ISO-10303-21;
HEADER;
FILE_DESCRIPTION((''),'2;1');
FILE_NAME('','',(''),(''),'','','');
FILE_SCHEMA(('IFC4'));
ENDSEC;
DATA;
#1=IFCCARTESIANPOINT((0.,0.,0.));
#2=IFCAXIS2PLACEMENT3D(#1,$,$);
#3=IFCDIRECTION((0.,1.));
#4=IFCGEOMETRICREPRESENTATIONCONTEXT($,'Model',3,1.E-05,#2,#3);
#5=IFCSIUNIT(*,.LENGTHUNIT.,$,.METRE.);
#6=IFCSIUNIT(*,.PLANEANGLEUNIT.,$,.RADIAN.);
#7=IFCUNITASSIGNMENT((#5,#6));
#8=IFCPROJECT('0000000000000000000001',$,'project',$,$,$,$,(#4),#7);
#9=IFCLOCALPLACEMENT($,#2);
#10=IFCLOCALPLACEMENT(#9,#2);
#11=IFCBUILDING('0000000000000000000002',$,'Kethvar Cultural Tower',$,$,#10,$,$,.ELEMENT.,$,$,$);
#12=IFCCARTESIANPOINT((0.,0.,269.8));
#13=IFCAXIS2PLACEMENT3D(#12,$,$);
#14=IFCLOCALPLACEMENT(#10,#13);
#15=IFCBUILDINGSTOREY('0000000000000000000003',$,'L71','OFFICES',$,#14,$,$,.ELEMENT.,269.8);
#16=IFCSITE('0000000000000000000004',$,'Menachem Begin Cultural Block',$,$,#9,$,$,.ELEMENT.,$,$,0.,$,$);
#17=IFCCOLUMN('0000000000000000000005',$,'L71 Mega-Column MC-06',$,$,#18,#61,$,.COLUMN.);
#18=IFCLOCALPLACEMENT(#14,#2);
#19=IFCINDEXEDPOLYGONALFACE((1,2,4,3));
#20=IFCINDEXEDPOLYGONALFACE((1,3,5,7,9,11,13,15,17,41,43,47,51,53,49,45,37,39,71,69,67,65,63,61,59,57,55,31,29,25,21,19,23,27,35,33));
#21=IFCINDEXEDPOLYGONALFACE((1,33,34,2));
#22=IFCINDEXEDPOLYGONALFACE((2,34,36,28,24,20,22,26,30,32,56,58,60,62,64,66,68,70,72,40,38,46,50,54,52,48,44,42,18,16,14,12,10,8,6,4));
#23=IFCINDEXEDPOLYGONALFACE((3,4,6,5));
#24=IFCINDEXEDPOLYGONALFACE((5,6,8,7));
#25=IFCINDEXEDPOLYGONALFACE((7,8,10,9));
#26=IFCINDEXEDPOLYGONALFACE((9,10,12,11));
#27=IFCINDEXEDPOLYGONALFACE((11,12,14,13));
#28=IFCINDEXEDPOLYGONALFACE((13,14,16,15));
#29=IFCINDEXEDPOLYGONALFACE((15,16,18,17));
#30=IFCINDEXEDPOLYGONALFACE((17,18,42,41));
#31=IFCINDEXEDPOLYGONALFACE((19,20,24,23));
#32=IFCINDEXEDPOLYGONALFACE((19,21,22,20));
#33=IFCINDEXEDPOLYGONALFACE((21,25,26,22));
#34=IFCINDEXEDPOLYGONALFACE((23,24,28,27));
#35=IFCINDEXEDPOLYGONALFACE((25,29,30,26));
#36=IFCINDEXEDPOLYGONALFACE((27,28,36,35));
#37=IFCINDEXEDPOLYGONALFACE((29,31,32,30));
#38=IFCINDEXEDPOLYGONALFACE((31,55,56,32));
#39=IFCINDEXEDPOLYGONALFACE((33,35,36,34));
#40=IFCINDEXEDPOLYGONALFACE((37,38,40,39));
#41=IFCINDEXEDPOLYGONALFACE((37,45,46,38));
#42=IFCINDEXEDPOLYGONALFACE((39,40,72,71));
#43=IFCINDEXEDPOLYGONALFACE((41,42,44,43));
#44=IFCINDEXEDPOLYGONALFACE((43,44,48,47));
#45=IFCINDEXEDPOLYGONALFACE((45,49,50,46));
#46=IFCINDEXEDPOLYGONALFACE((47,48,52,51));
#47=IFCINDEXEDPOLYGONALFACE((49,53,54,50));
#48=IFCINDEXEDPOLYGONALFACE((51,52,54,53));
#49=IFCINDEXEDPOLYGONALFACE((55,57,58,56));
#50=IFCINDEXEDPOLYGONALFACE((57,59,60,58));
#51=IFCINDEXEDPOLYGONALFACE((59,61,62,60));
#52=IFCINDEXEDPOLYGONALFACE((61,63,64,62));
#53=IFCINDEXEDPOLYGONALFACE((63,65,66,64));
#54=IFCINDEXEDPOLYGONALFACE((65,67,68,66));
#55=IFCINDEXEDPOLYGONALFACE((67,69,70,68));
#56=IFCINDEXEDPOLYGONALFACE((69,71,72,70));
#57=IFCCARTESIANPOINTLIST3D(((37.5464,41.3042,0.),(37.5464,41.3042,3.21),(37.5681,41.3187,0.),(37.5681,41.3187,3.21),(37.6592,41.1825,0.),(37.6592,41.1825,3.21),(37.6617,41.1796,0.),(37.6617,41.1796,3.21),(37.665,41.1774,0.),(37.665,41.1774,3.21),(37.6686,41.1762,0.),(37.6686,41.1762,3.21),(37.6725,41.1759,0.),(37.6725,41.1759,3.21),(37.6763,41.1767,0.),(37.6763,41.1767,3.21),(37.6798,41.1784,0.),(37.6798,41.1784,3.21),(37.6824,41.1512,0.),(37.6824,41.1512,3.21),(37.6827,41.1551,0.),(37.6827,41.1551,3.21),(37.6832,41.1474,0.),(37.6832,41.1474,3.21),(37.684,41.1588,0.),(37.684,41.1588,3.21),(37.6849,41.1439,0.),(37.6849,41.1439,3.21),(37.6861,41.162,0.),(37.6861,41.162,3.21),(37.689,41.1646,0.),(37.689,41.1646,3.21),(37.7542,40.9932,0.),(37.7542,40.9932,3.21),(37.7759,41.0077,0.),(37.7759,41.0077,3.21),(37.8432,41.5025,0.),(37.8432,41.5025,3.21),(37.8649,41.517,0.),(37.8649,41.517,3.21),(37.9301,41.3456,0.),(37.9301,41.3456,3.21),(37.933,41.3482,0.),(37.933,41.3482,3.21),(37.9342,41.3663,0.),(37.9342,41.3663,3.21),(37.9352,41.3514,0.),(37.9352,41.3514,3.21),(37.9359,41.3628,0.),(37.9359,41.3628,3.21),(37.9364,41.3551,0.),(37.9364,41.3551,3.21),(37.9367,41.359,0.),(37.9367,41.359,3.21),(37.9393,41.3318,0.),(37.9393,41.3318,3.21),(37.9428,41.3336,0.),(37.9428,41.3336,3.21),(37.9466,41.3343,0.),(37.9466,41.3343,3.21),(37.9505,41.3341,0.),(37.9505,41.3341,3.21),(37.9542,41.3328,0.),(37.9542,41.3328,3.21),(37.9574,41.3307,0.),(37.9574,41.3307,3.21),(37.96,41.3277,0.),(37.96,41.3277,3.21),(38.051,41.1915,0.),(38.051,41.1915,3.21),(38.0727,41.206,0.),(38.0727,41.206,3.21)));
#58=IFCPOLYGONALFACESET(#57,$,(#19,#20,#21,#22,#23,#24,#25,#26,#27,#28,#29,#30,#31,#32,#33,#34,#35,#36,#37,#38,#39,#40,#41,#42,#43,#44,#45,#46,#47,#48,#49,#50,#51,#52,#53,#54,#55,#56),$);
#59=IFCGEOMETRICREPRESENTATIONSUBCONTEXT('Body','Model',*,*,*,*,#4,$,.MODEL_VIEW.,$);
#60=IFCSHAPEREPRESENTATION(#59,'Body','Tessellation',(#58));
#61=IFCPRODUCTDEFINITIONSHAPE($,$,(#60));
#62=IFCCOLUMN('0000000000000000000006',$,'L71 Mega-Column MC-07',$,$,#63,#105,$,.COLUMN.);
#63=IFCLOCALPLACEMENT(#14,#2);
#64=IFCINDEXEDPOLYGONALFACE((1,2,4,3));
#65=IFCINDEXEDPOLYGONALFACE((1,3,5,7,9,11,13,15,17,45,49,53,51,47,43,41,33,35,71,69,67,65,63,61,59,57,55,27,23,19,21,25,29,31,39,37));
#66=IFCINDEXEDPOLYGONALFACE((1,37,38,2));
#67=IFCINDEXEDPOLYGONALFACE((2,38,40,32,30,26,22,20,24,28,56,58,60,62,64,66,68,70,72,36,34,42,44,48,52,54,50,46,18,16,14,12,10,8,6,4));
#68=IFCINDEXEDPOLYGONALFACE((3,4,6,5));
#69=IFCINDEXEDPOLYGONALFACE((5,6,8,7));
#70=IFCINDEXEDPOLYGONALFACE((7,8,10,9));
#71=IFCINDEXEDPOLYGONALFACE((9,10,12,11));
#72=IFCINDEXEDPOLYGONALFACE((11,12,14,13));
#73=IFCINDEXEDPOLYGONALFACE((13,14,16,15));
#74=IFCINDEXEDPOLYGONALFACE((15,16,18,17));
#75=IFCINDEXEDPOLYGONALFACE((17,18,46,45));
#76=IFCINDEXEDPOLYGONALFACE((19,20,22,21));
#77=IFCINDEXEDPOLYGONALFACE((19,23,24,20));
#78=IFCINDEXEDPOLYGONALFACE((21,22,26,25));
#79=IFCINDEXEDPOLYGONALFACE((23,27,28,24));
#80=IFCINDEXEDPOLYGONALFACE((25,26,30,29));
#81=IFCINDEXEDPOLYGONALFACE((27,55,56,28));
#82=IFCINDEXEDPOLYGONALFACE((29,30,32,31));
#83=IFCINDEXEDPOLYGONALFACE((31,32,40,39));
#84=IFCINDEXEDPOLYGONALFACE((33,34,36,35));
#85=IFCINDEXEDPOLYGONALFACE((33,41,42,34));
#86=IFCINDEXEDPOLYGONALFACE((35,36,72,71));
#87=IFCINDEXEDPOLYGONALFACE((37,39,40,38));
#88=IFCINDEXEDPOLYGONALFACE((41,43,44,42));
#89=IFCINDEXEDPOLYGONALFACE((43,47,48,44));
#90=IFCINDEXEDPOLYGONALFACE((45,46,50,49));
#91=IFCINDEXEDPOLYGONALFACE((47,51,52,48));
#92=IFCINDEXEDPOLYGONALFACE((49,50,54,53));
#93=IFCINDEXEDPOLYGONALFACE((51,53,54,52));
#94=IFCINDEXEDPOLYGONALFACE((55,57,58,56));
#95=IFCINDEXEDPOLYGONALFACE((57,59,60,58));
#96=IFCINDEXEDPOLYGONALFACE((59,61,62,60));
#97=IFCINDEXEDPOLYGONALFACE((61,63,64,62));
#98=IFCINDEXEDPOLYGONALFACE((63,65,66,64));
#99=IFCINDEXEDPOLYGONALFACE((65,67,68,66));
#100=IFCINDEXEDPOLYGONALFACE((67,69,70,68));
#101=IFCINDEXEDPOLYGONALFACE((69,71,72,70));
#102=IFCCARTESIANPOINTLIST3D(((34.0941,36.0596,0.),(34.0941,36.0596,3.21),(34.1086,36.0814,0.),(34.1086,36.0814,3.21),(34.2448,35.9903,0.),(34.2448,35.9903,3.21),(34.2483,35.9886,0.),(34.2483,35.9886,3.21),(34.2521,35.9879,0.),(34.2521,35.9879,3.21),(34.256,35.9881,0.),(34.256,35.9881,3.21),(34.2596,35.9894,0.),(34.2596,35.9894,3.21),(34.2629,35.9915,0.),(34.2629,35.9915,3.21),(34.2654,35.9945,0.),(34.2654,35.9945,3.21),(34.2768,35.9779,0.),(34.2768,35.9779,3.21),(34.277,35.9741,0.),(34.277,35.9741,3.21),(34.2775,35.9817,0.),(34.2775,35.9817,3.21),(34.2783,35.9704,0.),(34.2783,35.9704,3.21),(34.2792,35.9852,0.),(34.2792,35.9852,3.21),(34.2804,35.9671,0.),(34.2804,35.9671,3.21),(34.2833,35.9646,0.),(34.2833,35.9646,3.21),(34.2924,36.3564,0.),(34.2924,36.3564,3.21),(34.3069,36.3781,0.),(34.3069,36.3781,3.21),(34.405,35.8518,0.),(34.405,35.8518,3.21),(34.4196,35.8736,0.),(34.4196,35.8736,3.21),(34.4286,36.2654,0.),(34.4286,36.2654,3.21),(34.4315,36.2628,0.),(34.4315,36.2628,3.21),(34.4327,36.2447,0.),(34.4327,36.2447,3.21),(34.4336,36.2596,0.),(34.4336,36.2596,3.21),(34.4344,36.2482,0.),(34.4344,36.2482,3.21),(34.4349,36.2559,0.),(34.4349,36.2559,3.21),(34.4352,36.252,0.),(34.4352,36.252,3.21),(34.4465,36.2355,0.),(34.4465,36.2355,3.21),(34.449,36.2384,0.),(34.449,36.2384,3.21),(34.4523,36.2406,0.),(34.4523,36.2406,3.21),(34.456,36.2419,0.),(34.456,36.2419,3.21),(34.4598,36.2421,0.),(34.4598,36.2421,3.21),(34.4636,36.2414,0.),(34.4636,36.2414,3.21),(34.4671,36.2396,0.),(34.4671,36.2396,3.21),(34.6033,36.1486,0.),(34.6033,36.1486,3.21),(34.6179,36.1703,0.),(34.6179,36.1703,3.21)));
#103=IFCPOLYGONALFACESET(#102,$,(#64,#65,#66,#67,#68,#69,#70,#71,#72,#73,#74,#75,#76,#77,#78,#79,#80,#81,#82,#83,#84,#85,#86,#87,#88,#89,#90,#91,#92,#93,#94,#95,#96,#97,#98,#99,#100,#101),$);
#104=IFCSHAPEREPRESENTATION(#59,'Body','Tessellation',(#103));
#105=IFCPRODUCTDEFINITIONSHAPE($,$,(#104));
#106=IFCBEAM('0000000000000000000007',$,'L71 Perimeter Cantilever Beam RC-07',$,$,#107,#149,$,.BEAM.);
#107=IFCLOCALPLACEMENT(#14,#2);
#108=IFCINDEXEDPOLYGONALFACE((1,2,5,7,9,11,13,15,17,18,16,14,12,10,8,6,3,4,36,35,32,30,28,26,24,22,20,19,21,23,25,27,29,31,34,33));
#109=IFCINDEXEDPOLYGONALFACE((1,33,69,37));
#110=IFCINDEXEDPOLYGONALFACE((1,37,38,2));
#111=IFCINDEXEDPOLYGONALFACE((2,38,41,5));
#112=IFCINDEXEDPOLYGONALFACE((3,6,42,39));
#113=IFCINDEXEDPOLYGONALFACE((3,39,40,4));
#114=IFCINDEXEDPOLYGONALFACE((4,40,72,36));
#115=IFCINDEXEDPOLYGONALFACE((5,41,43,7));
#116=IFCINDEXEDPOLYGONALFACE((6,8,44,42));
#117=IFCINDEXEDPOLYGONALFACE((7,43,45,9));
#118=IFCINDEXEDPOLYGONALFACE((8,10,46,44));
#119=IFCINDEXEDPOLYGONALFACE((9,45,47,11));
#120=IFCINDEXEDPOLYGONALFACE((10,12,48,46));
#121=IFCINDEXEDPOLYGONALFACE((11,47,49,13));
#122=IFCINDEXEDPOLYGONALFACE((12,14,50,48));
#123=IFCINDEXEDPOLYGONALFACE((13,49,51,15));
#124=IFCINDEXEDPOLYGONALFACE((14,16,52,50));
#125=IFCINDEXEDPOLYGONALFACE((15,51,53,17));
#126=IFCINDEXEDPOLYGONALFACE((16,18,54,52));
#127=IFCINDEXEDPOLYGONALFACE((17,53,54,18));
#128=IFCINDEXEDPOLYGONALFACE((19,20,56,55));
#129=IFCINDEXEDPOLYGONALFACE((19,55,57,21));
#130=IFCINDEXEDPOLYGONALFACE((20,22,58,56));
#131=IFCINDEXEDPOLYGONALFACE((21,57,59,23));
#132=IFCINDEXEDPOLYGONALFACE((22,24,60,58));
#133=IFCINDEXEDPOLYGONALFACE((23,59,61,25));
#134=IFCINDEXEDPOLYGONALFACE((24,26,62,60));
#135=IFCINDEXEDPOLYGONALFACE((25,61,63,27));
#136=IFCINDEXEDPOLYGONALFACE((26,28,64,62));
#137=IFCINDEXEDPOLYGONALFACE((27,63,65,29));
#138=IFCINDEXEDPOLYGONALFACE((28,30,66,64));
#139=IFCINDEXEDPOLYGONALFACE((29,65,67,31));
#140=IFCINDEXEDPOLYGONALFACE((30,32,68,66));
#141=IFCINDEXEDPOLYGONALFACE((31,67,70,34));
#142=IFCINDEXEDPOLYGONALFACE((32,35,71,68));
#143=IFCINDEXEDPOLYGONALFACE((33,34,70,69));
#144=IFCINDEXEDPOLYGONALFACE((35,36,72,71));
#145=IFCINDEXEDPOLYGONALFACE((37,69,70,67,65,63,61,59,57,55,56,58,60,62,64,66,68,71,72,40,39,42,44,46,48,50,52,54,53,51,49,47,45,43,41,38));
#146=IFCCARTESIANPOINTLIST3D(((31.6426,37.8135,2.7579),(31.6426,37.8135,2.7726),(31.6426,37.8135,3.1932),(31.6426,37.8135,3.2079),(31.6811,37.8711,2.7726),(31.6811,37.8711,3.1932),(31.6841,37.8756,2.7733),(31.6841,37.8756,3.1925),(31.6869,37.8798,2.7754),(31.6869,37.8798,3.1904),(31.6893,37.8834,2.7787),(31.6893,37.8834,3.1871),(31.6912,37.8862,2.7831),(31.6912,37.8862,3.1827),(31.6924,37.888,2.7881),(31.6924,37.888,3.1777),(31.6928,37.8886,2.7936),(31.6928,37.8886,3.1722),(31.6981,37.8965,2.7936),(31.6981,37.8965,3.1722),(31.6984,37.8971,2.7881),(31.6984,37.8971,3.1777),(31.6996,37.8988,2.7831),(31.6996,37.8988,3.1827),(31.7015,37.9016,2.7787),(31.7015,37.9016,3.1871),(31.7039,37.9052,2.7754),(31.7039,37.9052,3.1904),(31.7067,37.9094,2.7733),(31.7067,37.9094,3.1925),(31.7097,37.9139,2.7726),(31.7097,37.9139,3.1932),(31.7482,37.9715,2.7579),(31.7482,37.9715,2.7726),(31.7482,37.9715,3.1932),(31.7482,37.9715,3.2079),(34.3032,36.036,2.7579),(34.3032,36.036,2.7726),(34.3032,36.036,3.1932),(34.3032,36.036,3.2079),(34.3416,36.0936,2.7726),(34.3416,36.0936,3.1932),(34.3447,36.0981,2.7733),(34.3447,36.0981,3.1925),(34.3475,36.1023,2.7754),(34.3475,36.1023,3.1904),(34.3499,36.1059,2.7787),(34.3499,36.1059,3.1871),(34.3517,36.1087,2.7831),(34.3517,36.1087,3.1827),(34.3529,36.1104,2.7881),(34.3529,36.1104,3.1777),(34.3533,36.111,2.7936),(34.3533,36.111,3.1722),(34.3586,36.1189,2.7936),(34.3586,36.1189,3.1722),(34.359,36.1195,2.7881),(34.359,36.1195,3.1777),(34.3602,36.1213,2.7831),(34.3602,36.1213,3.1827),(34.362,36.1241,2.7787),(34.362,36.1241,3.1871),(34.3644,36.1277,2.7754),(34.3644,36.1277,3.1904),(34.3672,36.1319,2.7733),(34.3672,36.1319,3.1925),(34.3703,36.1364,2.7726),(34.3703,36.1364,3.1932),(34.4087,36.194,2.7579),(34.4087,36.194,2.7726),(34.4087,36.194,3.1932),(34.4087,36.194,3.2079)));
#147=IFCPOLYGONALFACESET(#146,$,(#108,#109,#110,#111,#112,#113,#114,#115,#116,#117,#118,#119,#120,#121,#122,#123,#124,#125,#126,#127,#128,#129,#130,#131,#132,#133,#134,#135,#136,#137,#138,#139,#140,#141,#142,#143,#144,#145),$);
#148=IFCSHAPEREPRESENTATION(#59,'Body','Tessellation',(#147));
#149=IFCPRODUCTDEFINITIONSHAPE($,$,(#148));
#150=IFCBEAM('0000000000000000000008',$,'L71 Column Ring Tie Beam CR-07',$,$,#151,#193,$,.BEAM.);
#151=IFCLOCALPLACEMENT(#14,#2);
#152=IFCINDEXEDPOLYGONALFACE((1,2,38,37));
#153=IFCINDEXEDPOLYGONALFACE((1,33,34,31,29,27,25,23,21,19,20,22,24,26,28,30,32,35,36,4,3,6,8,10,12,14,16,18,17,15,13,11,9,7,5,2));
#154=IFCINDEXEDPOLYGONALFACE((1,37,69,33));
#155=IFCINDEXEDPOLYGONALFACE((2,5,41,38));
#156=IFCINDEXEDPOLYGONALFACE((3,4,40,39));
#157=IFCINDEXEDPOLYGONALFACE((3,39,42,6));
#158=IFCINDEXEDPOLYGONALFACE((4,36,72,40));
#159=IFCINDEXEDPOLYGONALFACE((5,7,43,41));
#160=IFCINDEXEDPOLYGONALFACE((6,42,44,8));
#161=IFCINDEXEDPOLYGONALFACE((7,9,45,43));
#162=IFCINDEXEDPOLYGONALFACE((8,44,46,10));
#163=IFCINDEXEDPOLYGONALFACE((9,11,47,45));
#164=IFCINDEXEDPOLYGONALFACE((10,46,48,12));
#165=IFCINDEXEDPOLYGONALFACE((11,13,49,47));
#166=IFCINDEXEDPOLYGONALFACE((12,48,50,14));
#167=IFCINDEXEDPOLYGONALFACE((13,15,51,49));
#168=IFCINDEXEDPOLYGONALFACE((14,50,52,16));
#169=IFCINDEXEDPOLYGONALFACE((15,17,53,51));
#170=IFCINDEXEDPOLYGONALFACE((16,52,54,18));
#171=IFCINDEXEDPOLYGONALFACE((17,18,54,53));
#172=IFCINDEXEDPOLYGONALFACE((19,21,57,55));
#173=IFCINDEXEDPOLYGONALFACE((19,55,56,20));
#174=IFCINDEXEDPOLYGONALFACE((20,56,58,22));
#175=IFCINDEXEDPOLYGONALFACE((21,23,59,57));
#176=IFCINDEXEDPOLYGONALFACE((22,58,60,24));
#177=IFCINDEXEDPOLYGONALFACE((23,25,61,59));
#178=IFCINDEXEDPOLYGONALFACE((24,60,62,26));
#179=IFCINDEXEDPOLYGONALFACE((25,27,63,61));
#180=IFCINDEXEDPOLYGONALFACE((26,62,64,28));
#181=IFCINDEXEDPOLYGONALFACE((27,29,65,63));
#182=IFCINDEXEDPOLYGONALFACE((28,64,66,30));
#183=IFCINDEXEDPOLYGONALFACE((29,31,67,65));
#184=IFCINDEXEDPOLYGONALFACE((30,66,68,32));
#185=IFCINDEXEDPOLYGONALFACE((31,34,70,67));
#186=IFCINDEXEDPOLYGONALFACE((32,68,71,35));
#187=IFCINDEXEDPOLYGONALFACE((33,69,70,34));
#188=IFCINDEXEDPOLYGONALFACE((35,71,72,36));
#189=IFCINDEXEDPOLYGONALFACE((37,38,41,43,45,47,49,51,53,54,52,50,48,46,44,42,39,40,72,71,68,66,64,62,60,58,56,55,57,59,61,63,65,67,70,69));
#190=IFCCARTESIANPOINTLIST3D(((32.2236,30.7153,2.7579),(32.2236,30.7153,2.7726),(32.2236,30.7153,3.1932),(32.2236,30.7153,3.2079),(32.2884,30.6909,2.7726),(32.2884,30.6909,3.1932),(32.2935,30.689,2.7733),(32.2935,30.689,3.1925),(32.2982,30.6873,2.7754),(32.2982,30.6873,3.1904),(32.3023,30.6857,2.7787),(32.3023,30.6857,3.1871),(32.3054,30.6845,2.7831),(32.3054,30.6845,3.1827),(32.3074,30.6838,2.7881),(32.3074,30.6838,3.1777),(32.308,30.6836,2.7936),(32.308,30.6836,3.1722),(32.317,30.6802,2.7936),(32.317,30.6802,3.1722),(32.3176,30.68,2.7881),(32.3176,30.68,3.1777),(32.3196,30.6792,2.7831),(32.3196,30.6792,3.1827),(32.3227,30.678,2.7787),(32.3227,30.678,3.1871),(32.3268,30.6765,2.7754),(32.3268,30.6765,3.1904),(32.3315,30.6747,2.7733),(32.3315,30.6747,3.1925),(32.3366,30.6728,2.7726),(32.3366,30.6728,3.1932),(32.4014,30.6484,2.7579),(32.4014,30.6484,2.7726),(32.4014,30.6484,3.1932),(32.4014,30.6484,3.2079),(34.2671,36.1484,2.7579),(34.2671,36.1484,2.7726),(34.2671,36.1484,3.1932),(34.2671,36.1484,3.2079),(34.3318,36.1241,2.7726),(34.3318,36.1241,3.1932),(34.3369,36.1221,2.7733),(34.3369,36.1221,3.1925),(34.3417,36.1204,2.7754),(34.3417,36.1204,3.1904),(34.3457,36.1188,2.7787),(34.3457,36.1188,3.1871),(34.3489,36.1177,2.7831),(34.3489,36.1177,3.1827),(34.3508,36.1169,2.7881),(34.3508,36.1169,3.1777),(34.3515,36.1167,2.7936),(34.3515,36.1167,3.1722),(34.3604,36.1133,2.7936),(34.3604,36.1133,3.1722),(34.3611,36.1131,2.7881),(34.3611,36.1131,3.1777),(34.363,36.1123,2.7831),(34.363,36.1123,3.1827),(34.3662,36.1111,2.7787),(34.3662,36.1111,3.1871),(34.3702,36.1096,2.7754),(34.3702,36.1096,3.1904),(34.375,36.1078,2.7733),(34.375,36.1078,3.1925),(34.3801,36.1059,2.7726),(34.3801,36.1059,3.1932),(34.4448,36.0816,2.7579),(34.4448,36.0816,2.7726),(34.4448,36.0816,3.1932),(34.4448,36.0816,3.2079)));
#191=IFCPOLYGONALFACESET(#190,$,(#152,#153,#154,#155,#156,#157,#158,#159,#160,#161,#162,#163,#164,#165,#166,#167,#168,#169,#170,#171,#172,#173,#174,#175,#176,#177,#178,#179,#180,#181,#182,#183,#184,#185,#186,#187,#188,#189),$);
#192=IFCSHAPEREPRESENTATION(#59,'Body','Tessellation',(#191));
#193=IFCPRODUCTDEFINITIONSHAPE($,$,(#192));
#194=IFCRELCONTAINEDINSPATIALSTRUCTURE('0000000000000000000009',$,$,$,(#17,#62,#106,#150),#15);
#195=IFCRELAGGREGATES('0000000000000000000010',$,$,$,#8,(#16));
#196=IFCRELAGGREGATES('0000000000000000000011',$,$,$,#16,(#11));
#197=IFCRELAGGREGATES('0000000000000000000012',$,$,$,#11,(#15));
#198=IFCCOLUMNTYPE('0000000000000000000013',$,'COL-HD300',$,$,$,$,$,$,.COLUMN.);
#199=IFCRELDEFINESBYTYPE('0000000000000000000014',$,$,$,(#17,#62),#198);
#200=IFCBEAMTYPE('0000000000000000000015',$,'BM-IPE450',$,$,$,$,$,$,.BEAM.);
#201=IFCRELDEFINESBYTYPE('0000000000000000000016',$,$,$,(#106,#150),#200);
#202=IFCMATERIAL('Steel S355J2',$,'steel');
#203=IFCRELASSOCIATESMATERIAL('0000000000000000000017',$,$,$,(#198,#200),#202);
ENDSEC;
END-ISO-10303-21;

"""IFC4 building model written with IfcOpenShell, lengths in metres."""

from ifc_helpers import new_model, si_unit, direction, frame, origin, origin_2d, place, context, subcontext, project, spatial, i_section, extrude, source, transform, mapped, material, material_profile, profile_set, type_object, element, save


model = new_model("IFC4")

# Units and contexts
model_context = context("Model", 3, precision=1e-05, world=origin(), true_north=direction((0.0, 1.0)))
body_context = subcontext(model_context, "Body", "Model", "MODEL_VIEW")
ifc_project = project(units=[si_unit("LENGTHUNIT", "METRE"), si_unit("PLANEANGLEUNIT", "RADIAN")], contexts=[model_context])

# Site, building, storey
site_placement = place(None, origin())
site = spatial("IfcSite", under=ifc_project, at=site_placement, Name="Menachem Begin Cultural Block", CompositionType="ELEMENT", RefElevation=0.0)
building_placement = place(site_placement, origin())
building = spatial("IfcBuilding", under=site, at=building_placement, Name="Kethvar Cultural Tower", CompositionType="ELEMENT")
storey_placement = place(building_placement, frame((0.0, 0.0, 269.8)))
storey = spatial("IfcBuildingStorey", under=building, at=storey_placement, Name="L71", Description="OFFICES", CompositionType="ELEMENT", Elevation=269.8)

# Columns
ifc_material_1 = material(Name="Steel S355J2", Category="steel")
ifc_material_profile_1 = material_profile(ifc_material_1, i_section(OverallWidth=0.374, OverallDepth=0.3831, WebThickness=0.0166, FlangeThickness=0.0261, FilletRadius=0.0149, at=origin_2d()), Name="Steel S355J2 — HD360x300")
ifc_profile_set_1 = profile_set([ifc_material_profile_1], Name="Steel S355J2 — HD360x300")
column_type = type_object("IfcColumnType", Name="COL-HD300", PredefinedType="COLUMN", material=ifc_profile_set_1)
shared_shape_1 = source(origin(), body_context, "Body", "SweptSolid", [
    extrude(i_section(OverallWidth=0.374, OverallDepth=0.3831, WebThickness=0.0166, FlangeThickness=0.0261, FilletRadius=0.0149, at=origin_2d()), origin(), (0.0, 0.0, 1.0), 3.21),
])
for number, where, z_axis, x_axis, name in (
    (1, (37.8096, 41.2551, 0.0), (0.0, 0.0, 1.0), (-0.55557, 0.83147, 0.0), "L71 Mega-Column MC-06"),
    (2, (34.356, 36.115, 0.0), (0.0, 0.0, 1.0), (-0.83147, 0.55557, 0.0), "L71 Mega-Column MC-07"),
):
    element("IfcColumn", number, at=place(storey_placement, frame(where, z_axis=z_axis, x_axis=x_axis)), inside=storey, type_object=column_type, Name=name, PredefinedType="COLUMN", context=body_context, shape_type="MappedRepresentation", body=[
        mapped(shared_shape_1, transform((0.0, 0.0, 0.0), scale=1.0)),
    ])

# Beams
ifc_material_profile_2 = material_profile(ifc_material_1, i_section(OverallWidth=0.1899, OverallDepth=0.45, WebThickness=0.0095, FlangeThickness=0.0146, FilletRadius=0.021, at=origin_2d()), Name="Steel S355J2 — IPE450")
ifc_profile_set_2 = profile_set([ifc_material_profile_2], Name="Steel S355J2 — IPE450")
beam_type_1 = type_object("IfcBeamType", Name="BM-IPE450", PredefinedType="BEAM", material=ifc_profile_set_2)
shared_shape_2 = source(origin(), body_context, "Body", "SweptSolid", [
    extrude(i_section(OverallWidth=0.1899, OverallDepth=0.45, WebThickness=0.0095, FlangeThickness=0.0146, FilletRadius=0.021, at=origin_2d()), origin(), (0.0, 0.0, 1.0), 3.1997),
])
beam_1_placement = place(storey_placement, frame((34.356, 36.115, 2.9829), z_axis=(-0.831498, 0.555527, 0.0), x_axis=(-0.555527, -0.831498, 0.0)))
element("IfcBeam", 3, at=beam_1_placement, inside=storey, type_object=beam_type_1, Name="L71 Perimeter Cantilever Beam RC-07", PredefinedType="BEAM", context=body_context, shape_type="MappedRepresentation", body=[
    mapped(shared_shape_2, transform((0.0, 0.0, 0.0), scale=1.0)),
])
shared_shape_3 = source(origin(), body_context, "Body", "SweptSolid", [
    extrude(i_section(OverallWidth=0.1899, OverallDepth=0.45, WebThickness=0.0095, FlangeThickness=0.0146, FilletRadius=0.021, at=origin_2d()), origin(), (0.0, 0.0, 1.0), 5.8047),
])
beam_2_placement = place(storey_placement, frame((34.356, 36.115, 2.9829), z_axis=(-0.352036, -0.935986, 0.0), x_axis=(0.935986, -0.352036, 0.0)))
element("IfcBeam", 4, at=beam_2_placement, inside=storey, type_object=beam_type_1, Name="L71 Column Ring Tie Beam CR-07", PredefinedType="BEAM", context=body_context, shape_type="MappedRepresentation", body=[
    mapped(shared_shape_3, transform((0.0, 0.0, 0.0), scale=1.0)),
])

save(model, "model.ifc")
